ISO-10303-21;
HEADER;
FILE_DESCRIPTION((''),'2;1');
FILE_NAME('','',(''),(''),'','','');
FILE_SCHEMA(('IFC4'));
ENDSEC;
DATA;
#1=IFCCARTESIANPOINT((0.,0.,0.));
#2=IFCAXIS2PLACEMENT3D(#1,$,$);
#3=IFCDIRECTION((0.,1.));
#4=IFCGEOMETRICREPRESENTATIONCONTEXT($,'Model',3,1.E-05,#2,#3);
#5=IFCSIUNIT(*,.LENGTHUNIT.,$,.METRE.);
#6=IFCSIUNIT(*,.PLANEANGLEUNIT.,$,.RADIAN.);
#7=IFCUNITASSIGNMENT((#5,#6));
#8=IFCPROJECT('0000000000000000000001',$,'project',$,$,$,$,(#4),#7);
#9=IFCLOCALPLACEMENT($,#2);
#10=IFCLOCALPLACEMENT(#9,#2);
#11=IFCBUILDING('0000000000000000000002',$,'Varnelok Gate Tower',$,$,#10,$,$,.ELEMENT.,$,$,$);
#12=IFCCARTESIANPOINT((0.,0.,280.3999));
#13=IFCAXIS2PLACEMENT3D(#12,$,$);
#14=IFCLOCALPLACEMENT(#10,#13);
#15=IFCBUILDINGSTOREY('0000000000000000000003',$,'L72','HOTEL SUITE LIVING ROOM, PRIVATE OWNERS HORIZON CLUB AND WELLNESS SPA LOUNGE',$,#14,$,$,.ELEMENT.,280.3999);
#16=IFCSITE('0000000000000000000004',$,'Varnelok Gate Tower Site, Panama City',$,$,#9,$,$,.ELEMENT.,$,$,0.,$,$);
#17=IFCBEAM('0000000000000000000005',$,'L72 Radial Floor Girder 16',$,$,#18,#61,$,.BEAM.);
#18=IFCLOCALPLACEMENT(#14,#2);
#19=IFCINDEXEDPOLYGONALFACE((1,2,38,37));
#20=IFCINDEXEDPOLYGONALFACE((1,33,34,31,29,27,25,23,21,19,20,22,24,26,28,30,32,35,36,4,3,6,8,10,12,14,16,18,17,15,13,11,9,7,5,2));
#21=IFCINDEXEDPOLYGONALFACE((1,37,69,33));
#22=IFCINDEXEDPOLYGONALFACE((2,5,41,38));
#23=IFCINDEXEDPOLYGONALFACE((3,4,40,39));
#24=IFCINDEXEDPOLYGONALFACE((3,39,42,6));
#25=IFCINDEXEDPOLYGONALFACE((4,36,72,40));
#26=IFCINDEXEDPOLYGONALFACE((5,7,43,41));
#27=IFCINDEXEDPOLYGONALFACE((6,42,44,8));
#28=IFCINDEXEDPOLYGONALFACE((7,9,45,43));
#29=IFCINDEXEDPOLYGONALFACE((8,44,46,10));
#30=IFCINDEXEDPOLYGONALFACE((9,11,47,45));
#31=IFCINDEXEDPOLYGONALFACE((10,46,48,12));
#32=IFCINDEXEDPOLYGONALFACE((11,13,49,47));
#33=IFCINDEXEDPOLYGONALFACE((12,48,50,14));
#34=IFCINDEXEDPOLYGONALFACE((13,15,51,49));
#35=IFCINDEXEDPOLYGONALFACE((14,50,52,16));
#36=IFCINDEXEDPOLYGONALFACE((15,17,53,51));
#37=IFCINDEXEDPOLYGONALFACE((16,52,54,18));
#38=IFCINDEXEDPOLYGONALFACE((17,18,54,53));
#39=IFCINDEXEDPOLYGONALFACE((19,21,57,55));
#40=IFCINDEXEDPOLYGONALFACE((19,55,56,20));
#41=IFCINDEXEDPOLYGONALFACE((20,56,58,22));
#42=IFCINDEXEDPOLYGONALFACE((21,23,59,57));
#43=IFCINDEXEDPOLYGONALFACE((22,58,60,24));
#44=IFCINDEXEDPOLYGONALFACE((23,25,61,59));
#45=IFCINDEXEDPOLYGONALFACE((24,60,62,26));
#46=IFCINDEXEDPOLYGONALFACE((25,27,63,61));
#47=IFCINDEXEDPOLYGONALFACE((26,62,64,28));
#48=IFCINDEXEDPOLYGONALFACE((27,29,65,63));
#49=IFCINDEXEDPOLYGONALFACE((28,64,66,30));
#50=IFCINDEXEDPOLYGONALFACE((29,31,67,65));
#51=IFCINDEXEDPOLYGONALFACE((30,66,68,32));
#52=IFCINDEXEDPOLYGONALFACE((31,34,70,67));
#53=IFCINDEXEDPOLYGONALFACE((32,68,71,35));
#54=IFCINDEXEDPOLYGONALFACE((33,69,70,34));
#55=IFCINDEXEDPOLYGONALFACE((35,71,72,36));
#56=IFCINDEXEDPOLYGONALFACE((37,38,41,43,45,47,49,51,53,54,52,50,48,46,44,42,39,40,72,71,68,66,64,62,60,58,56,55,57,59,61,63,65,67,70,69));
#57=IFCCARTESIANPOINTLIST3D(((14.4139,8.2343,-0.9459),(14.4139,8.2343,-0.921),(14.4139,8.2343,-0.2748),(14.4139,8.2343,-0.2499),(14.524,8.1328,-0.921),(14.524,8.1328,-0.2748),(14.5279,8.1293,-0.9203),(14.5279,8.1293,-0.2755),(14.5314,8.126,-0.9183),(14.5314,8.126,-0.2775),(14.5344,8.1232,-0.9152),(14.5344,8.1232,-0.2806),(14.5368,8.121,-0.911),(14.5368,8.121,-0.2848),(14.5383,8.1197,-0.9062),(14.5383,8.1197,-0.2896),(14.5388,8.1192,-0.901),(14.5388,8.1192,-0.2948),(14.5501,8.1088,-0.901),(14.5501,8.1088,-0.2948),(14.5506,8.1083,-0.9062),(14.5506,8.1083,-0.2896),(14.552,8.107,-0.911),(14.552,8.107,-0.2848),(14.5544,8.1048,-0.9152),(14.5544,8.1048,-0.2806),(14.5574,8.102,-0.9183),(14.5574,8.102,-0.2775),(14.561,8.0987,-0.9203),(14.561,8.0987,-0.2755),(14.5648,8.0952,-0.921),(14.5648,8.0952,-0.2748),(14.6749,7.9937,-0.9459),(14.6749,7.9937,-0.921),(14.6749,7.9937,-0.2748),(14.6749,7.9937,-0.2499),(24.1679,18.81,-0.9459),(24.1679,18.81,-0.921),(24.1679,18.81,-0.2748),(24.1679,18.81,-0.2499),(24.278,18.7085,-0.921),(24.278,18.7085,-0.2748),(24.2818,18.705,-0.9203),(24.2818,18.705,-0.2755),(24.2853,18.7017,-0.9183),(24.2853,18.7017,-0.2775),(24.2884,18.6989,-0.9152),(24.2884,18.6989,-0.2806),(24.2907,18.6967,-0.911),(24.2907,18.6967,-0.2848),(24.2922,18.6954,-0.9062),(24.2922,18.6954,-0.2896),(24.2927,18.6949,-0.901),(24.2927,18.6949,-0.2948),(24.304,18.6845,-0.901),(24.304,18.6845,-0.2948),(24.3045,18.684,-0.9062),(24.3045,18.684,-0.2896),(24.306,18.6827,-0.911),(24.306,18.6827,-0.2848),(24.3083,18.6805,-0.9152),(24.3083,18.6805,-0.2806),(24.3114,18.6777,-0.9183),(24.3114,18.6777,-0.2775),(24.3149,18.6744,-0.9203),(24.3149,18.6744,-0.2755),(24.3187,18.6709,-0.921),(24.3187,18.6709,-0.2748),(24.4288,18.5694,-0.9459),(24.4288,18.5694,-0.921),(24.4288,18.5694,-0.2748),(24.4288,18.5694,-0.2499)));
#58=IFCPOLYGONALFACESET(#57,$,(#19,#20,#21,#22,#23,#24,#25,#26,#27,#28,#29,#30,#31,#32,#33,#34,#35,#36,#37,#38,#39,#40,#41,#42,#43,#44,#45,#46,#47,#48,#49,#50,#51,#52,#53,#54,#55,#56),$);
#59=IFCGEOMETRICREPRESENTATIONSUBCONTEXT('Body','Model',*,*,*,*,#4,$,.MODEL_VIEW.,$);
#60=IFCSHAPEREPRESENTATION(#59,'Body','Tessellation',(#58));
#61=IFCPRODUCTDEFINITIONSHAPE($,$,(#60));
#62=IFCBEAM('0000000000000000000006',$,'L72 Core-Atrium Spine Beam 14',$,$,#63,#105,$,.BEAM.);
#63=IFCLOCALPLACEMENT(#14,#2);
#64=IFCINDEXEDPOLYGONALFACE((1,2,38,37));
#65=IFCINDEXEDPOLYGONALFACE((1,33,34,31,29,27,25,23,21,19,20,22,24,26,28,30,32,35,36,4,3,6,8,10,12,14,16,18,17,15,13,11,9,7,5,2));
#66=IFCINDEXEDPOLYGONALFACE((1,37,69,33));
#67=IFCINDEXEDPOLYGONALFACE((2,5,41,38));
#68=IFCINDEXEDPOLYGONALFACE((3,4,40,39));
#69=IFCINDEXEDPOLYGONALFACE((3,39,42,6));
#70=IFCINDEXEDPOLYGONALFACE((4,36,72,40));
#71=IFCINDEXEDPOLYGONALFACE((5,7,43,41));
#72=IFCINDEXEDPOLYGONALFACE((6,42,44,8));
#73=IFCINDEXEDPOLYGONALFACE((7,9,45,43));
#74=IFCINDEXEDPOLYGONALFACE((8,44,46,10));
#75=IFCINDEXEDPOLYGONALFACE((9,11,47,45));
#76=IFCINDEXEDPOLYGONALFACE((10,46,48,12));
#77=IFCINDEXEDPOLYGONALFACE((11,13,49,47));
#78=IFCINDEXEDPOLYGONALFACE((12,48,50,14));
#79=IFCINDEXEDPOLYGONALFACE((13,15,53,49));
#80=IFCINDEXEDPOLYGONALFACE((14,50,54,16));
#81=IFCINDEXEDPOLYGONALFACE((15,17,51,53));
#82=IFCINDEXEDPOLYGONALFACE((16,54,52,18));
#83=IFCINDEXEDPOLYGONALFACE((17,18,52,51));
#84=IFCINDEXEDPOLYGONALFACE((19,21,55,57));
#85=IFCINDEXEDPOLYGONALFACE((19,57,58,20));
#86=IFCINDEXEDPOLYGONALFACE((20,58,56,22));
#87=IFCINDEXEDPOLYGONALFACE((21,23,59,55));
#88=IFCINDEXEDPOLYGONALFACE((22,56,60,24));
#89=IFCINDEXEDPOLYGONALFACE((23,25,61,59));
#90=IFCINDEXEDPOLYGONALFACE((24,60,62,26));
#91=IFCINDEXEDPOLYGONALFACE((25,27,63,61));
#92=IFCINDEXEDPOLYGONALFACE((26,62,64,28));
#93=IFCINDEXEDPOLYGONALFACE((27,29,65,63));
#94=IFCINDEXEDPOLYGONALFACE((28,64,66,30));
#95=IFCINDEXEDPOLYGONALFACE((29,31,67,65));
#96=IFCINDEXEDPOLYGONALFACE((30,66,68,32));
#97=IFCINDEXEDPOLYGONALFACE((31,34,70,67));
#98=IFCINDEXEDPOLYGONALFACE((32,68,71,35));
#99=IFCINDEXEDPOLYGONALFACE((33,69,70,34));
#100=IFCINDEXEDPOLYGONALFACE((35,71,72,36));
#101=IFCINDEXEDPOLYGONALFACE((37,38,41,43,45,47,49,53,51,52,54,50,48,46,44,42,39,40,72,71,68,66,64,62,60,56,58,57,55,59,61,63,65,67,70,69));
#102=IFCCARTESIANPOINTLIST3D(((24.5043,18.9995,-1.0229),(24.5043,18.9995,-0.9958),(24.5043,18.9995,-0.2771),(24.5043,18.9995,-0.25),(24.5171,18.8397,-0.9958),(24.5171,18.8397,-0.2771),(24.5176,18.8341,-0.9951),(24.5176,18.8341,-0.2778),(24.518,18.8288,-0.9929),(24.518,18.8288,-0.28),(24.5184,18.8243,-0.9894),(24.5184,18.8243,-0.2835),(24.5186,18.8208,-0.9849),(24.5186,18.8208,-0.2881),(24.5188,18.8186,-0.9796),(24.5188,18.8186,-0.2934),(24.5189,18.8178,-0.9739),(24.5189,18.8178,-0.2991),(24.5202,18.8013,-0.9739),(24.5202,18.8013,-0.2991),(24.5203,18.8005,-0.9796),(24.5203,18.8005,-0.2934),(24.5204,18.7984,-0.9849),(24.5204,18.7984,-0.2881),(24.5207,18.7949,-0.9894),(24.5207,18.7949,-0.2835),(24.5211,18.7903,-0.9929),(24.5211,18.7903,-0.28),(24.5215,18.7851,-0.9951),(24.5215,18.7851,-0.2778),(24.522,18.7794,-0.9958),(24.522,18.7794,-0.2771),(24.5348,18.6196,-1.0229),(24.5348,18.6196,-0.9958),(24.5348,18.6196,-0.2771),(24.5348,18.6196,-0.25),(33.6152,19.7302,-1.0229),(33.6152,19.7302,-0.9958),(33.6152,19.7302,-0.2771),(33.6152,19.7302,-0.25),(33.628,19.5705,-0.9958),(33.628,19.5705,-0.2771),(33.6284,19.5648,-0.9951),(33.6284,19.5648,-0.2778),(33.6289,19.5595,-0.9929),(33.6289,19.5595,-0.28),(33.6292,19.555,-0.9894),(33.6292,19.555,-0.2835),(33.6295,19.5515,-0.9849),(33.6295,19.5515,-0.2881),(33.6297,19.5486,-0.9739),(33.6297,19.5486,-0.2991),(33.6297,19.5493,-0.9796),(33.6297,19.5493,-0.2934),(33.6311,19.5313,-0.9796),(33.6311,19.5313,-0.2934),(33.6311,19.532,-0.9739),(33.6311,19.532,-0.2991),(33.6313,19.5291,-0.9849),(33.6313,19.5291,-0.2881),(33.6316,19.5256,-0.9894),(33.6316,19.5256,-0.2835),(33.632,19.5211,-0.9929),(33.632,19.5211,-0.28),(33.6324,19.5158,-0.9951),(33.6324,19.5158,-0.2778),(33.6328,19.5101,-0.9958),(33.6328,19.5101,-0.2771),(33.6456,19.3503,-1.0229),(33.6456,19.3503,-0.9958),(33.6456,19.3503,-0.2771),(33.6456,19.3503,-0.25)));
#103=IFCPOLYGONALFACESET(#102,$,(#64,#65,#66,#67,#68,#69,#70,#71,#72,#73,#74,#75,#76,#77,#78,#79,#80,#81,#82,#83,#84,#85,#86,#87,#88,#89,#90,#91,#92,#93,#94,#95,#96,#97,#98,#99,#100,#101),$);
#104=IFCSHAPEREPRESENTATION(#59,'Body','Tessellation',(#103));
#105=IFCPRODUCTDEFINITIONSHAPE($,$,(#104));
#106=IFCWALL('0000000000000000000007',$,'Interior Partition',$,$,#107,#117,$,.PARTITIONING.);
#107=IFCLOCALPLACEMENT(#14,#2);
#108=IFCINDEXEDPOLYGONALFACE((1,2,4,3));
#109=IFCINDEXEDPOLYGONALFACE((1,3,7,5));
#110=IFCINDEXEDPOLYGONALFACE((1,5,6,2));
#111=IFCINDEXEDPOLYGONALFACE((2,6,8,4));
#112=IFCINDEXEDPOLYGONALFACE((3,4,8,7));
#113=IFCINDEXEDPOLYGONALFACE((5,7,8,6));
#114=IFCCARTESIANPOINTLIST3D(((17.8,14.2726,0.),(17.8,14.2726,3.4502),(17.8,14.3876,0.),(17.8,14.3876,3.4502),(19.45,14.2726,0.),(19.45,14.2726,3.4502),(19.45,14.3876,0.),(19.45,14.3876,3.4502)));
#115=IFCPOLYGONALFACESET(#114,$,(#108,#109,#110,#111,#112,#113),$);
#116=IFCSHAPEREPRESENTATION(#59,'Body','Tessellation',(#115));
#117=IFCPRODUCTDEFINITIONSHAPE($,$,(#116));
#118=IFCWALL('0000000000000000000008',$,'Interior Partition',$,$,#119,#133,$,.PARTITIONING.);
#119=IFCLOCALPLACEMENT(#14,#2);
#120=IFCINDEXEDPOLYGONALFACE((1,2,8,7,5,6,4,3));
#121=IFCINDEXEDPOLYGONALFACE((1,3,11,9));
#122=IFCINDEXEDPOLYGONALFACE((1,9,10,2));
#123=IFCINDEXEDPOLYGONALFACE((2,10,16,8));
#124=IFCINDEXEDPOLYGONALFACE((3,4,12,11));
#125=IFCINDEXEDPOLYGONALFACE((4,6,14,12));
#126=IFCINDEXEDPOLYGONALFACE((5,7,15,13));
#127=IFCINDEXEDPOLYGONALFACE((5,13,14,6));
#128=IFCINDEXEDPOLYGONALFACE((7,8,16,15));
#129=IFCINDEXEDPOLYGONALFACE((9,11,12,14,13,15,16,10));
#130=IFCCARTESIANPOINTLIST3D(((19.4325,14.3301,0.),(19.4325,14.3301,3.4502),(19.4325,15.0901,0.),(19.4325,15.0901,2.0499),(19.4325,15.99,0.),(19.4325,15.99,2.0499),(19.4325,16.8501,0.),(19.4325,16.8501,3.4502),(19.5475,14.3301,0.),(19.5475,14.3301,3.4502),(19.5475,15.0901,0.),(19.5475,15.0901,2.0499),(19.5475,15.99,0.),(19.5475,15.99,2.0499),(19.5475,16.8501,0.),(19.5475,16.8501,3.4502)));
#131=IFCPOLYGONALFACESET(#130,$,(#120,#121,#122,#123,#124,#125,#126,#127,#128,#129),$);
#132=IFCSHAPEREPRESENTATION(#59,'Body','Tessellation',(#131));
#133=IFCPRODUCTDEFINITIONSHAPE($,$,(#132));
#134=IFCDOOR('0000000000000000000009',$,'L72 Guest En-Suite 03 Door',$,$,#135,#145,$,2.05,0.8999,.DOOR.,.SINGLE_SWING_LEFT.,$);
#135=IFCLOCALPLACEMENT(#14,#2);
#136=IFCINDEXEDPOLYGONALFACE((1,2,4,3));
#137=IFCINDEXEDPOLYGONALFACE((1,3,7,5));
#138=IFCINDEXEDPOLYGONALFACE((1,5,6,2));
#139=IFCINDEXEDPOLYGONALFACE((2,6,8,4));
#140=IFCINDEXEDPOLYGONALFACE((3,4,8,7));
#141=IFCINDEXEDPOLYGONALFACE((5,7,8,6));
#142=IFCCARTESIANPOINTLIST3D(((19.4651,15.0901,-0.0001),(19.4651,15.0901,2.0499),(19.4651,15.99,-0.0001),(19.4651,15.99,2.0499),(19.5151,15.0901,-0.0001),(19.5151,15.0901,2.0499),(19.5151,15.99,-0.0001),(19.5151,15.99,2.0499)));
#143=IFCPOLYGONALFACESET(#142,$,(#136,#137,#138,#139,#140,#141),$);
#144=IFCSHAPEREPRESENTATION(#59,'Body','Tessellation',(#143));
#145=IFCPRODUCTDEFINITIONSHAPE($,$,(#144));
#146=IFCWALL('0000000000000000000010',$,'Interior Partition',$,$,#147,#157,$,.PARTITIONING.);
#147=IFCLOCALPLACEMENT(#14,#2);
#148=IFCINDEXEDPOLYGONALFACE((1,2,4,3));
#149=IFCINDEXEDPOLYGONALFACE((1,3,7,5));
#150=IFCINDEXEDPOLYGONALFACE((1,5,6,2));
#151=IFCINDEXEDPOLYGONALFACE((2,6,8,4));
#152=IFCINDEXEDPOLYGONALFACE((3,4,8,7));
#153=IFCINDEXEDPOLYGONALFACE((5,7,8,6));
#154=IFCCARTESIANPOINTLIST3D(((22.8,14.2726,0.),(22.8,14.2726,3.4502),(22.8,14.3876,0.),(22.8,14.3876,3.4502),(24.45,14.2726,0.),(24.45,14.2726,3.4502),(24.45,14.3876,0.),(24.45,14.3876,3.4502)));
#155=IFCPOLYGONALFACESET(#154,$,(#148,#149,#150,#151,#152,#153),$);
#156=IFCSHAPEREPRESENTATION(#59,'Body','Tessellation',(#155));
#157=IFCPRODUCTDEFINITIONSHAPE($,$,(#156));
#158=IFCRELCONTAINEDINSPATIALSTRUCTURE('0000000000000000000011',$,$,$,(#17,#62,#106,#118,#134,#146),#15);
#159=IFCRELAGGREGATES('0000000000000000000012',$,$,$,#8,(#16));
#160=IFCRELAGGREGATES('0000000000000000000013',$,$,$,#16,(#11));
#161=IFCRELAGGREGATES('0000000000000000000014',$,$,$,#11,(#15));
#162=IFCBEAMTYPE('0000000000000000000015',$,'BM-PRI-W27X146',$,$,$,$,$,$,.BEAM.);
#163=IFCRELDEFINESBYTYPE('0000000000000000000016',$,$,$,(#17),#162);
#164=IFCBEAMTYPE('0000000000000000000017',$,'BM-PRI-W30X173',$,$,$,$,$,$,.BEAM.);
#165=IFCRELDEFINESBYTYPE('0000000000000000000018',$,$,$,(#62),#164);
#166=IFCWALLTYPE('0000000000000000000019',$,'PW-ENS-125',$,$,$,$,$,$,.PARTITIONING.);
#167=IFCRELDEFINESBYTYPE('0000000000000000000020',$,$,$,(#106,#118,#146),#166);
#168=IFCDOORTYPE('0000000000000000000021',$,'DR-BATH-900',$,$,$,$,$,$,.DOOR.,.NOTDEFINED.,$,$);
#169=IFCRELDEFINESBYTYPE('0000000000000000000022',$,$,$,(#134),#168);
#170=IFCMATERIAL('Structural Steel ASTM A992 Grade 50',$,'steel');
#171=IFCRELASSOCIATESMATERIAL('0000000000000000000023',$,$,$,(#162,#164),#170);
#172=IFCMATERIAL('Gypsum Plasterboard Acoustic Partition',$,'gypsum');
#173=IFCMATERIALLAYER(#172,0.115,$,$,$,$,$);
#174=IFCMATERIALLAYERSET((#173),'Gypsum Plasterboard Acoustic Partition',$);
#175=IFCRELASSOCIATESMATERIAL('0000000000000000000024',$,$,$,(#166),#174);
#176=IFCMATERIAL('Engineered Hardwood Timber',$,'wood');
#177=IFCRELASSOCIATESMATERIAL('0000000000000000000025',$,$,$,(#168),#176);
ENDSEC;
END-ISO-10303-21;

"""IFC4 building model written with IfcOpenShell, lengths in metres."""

from ifc_helpers import new_model, si_unit, direction, frame, frame_2d, origin, origin_2d, place, context, subcontext, project, spatial, rectangle, i_section, extrude, material, layer, layer_set, material_profile, profile_set, type_object, element, fill, save


model = new_model("IFC4")

# Units and contexts
model_context = context("Model", 3, precision=1e-05, world=origin(), true_north=direction((0.0, 1.0)))
body_context = subcontext(model_context, "Body", "Model", "MODEL_VIEW")
ifc_project = project(units=[si_unit("LENGTHUNIT", "METRE"), si_unit("PLANEANGLEUNIT", "RADIAN")], contexts=[model_context])

# Site, building, storey
site_placement = place(None, origin())
site = spatial("IfcSite", under=ifc_project, at=site_placement, Name="Varnelok Gate Tower Site, Panama City", CompositionType="ELEMENT", RefElevation=0.0)
building_placement = place(site_placement, origin())
building = spatial("IfcBuilding", under=site, at=building_placement, Name="Varnelok Gate Tower", CompositionType="ELEMENT")
storey_placement = place(building_placement, frame((0.0, 0.0, 280.3999)))
storey = spatial("IfcBuildingStorey", under=building, at=storey_placement, Name="L72", Description="HOTEL SUITE LIVING ROOM, PRIVATE OWNERS HORIZON CLUB AND WELLNESS SPA LOUNGE", CompositionType="ELEMENT", Elevation=280.3999)

# Shared definitions
ifc_material_1 = material(Name="Structural Steel ASTM A992 Grade 50", Category="steel")

# Beams
ifc_material_profile_1 = material_profile(ifc_material_1, i_section(OverallWidth=0.355, OverallDepth=0.696, WebThickness=0.0154, FlangeThickness=0.0249, FilletRadius=0.02, at=origin_2d()), Name="W27X146")
ifc_profile_set_1 = profile_set([ifc_material_profile_1], Name="Structural Steel ASTM A992 Grade 50")
beam_type_1 = type_object("IfcBeamType", Name="BM-PRI-W27X146", PredefinedType="BEAM", material=ifc_profile_set_1)
beam_1_placement = place(storey_placement, frame((24.2983, 18.6897, -0.5979), z_axis=(-0.67797, -0.73509, 0.0), x_axis=(0.73509, -0.67797, 0.0)))
element("IfcBeam", 1, at=beam_1_placement, inside=storey, type_object=beam_type_1, Name="L72 Radial Floor Girder 16", PredefinedType="BEAM", context=body_context, shape_type="SweptSolid", body=[
    extrude(i_section(OverallWidth=0.355, OverallDepth=0.696, WebThickness=0.0154, FlangeThickness=0.0249, FilletRadius=0.02, at=origin_2d()), origin(), (0.0, 0.0, 1.0), 14.387),
])
ifc_material_profile_2 = material_profile(ifc_material_1, i_section(OverallWidth=0.3811, OverallDepth=0.7729, WebThickness=0.0166, FlangeThickness=0.0271, FilletRadius=0.022, at=origin_2d()), Name="W30X173")
ifc_profile_set_2 = profile_set([ifc_material_profile_2], Name="Structural Steel ASTM A992 Grade 50")
beam_type_2 = type_object("IfcBeamType", Name="BM-PRI-W30X173", PredefinedType="BEAM", material=ifc_profile_set_2)
beam_2_placement = place(storey_placement, frame((24.5195, 18.8096, -0.6365), z_axis=(0.996799, 0.079946, 0.0), x_axis=(-0.079946, 0.996799, 0.0)))
element("IfcBeam", 2, at=beam_2_placement, inside=storey, type_object=beam_type_2, Name="L72 Core-Atrium Spine Beam 14", PredefinedType="BEAM", context=body_context, shape_type="SweptSolid", body=[
    extrude(i_section(OverallWidth=0.3811, OverallDepth=0.7729, WebThickness=0.0166, FlangeThickness=0.0271, FilletRadius=0.022, at=origin_2d()), origin(), (0.0, 0.0, 1.0), 9.1401),
])

# Shared definitions
ifc_material_2 = material(Name="Gypsum Plasterboard Acoustic Partition", Category="gypsum")
ifc_material_3 = material(Name="Engineered Hardwood Timber", Category="wood")

# Wall
ifc_layer_1 = layer(ifc_material_2, 0.115)
ifc_layer_set_1 = layer_set([ifc_layer_1], Name="Gypsum Plasterboard Acoustic Partition")
wall_type_1 = type_object("IfcWallType", Name="PW-ENS-125", PredefinedType="PARTITIONING", material=ifc_layer_set_1)
wall_1_placement = place(storey_placement, frame((17.8, 14.3301, 0.0), z_axis=(0.0, 0.0, 1.0), x_axis=(1.0, 0.0, 0.0)))
element("IfcWall", 3, at=wall_1_placement, inside=storey, type_object=wall_type_1, Name="Interior Partition", PredefinedType="PARTITIONING", context=body_context, shape_type="SweptSolid", body=[
    extrude(rectangle(XDim=1.6499, YDim=0.115, at=frame_2d((0.825, 0.0))), origin(), (0.0, 0.0, 1.0), 3.4502),
])

# Wall, opening, door
wall_2_placement = place(storey_placement, frame((19.49, 14.3301, 0.0), z_axis=(0.0, 0.0, 1.0), x_axis=(0.0, 1.0, 0.0)))
wall_2 = element("IfcWall", 4, at=wall_2_placement, inside=storey, type_object=wall_type_1, Name="Interior Partition", PredefinedType="PARTITIONING", context=body_context, shape_type="SweptSolid", body=[
    extrude(rectangle(XDim=2.52, YDim=0.115, at=frame_2d((1.26, 0.0))), origin(), (0.0, 0.0, 1.0), 3.4502),
])
opening_1_placement = place(wall_2_placement, frame((0.76, 0.0, 0.0)))
opening_1 = element("IfcOpeningElement", 5, at=opening_1_placement, cuts=wall_2, PredefinedType="OPENING", context=body_context, shape_type="SweptSolid", body=[
    extrude(rectangle(XDim=0.8999, YDim=2.05, at=frame_2d((0.45, 1.0249))), frame((0.0, 0.0674, 0.0), z_axis=(0.0, -1.0, 0.0), x_axis=(1.0, 0.0, 0.0)), (0.0, 0.0, 1.0), 0.135),
])
door_type_1 = type_object("IfcDoorType", Name="DR-BATH-900", OperationType="NOTDEFINED", PredefinedType="DOOR", material=ifc_material_3)
door_1_placement = place(opening_1_placement, origin())
door_1 = element("IfcDoor", 6, at=door_1_placement, inside=storey, type_object=door_type_1, Name="L72 Guest En-Suite 03 Door", OperationType="SINGLE_SWING_LEFT", OverallHeight=2.05, OverallWidth=0.8999, PredefinedType="DOOR", context=body_context, shape_type="SweptSolid", body=[
    extrude(rectangle(XDim=0.8999, YDim=2.05, at=frame_2d((0.45, 1.0249))), frame((0.0, 0.0249, 0.0), z_axis=(0.0, -1.0, 0.0), x_axis=(1.0, 0.0, 0.0)), (0.0, 0.0, 1.0), 0.05),
])
fill(opening_1, door_1)

# Wall
wall_3_placement = place(storey_placement, frame((22.8, 14.3301, 0.0), z_axis=(0.0, 0.0, 1.0), x_axis=(1.0, 0.0, 0.0)))
element("IfcWall", 7, at=wall_3_placement, inside=storey, type_object=wall_type_1, Name="Interior Partition", PredefinedType="PARTITIONING", context=body_context, shape_type="SweptSolid", body=[
    extrude(rectangle(XDim=1.6499, YDim=0.115, at=frame_2d((0.825, 0.0))), origin(), (0.0, 0.0, 1.0), 3.4502),
])

save(model, "model.ifc")
